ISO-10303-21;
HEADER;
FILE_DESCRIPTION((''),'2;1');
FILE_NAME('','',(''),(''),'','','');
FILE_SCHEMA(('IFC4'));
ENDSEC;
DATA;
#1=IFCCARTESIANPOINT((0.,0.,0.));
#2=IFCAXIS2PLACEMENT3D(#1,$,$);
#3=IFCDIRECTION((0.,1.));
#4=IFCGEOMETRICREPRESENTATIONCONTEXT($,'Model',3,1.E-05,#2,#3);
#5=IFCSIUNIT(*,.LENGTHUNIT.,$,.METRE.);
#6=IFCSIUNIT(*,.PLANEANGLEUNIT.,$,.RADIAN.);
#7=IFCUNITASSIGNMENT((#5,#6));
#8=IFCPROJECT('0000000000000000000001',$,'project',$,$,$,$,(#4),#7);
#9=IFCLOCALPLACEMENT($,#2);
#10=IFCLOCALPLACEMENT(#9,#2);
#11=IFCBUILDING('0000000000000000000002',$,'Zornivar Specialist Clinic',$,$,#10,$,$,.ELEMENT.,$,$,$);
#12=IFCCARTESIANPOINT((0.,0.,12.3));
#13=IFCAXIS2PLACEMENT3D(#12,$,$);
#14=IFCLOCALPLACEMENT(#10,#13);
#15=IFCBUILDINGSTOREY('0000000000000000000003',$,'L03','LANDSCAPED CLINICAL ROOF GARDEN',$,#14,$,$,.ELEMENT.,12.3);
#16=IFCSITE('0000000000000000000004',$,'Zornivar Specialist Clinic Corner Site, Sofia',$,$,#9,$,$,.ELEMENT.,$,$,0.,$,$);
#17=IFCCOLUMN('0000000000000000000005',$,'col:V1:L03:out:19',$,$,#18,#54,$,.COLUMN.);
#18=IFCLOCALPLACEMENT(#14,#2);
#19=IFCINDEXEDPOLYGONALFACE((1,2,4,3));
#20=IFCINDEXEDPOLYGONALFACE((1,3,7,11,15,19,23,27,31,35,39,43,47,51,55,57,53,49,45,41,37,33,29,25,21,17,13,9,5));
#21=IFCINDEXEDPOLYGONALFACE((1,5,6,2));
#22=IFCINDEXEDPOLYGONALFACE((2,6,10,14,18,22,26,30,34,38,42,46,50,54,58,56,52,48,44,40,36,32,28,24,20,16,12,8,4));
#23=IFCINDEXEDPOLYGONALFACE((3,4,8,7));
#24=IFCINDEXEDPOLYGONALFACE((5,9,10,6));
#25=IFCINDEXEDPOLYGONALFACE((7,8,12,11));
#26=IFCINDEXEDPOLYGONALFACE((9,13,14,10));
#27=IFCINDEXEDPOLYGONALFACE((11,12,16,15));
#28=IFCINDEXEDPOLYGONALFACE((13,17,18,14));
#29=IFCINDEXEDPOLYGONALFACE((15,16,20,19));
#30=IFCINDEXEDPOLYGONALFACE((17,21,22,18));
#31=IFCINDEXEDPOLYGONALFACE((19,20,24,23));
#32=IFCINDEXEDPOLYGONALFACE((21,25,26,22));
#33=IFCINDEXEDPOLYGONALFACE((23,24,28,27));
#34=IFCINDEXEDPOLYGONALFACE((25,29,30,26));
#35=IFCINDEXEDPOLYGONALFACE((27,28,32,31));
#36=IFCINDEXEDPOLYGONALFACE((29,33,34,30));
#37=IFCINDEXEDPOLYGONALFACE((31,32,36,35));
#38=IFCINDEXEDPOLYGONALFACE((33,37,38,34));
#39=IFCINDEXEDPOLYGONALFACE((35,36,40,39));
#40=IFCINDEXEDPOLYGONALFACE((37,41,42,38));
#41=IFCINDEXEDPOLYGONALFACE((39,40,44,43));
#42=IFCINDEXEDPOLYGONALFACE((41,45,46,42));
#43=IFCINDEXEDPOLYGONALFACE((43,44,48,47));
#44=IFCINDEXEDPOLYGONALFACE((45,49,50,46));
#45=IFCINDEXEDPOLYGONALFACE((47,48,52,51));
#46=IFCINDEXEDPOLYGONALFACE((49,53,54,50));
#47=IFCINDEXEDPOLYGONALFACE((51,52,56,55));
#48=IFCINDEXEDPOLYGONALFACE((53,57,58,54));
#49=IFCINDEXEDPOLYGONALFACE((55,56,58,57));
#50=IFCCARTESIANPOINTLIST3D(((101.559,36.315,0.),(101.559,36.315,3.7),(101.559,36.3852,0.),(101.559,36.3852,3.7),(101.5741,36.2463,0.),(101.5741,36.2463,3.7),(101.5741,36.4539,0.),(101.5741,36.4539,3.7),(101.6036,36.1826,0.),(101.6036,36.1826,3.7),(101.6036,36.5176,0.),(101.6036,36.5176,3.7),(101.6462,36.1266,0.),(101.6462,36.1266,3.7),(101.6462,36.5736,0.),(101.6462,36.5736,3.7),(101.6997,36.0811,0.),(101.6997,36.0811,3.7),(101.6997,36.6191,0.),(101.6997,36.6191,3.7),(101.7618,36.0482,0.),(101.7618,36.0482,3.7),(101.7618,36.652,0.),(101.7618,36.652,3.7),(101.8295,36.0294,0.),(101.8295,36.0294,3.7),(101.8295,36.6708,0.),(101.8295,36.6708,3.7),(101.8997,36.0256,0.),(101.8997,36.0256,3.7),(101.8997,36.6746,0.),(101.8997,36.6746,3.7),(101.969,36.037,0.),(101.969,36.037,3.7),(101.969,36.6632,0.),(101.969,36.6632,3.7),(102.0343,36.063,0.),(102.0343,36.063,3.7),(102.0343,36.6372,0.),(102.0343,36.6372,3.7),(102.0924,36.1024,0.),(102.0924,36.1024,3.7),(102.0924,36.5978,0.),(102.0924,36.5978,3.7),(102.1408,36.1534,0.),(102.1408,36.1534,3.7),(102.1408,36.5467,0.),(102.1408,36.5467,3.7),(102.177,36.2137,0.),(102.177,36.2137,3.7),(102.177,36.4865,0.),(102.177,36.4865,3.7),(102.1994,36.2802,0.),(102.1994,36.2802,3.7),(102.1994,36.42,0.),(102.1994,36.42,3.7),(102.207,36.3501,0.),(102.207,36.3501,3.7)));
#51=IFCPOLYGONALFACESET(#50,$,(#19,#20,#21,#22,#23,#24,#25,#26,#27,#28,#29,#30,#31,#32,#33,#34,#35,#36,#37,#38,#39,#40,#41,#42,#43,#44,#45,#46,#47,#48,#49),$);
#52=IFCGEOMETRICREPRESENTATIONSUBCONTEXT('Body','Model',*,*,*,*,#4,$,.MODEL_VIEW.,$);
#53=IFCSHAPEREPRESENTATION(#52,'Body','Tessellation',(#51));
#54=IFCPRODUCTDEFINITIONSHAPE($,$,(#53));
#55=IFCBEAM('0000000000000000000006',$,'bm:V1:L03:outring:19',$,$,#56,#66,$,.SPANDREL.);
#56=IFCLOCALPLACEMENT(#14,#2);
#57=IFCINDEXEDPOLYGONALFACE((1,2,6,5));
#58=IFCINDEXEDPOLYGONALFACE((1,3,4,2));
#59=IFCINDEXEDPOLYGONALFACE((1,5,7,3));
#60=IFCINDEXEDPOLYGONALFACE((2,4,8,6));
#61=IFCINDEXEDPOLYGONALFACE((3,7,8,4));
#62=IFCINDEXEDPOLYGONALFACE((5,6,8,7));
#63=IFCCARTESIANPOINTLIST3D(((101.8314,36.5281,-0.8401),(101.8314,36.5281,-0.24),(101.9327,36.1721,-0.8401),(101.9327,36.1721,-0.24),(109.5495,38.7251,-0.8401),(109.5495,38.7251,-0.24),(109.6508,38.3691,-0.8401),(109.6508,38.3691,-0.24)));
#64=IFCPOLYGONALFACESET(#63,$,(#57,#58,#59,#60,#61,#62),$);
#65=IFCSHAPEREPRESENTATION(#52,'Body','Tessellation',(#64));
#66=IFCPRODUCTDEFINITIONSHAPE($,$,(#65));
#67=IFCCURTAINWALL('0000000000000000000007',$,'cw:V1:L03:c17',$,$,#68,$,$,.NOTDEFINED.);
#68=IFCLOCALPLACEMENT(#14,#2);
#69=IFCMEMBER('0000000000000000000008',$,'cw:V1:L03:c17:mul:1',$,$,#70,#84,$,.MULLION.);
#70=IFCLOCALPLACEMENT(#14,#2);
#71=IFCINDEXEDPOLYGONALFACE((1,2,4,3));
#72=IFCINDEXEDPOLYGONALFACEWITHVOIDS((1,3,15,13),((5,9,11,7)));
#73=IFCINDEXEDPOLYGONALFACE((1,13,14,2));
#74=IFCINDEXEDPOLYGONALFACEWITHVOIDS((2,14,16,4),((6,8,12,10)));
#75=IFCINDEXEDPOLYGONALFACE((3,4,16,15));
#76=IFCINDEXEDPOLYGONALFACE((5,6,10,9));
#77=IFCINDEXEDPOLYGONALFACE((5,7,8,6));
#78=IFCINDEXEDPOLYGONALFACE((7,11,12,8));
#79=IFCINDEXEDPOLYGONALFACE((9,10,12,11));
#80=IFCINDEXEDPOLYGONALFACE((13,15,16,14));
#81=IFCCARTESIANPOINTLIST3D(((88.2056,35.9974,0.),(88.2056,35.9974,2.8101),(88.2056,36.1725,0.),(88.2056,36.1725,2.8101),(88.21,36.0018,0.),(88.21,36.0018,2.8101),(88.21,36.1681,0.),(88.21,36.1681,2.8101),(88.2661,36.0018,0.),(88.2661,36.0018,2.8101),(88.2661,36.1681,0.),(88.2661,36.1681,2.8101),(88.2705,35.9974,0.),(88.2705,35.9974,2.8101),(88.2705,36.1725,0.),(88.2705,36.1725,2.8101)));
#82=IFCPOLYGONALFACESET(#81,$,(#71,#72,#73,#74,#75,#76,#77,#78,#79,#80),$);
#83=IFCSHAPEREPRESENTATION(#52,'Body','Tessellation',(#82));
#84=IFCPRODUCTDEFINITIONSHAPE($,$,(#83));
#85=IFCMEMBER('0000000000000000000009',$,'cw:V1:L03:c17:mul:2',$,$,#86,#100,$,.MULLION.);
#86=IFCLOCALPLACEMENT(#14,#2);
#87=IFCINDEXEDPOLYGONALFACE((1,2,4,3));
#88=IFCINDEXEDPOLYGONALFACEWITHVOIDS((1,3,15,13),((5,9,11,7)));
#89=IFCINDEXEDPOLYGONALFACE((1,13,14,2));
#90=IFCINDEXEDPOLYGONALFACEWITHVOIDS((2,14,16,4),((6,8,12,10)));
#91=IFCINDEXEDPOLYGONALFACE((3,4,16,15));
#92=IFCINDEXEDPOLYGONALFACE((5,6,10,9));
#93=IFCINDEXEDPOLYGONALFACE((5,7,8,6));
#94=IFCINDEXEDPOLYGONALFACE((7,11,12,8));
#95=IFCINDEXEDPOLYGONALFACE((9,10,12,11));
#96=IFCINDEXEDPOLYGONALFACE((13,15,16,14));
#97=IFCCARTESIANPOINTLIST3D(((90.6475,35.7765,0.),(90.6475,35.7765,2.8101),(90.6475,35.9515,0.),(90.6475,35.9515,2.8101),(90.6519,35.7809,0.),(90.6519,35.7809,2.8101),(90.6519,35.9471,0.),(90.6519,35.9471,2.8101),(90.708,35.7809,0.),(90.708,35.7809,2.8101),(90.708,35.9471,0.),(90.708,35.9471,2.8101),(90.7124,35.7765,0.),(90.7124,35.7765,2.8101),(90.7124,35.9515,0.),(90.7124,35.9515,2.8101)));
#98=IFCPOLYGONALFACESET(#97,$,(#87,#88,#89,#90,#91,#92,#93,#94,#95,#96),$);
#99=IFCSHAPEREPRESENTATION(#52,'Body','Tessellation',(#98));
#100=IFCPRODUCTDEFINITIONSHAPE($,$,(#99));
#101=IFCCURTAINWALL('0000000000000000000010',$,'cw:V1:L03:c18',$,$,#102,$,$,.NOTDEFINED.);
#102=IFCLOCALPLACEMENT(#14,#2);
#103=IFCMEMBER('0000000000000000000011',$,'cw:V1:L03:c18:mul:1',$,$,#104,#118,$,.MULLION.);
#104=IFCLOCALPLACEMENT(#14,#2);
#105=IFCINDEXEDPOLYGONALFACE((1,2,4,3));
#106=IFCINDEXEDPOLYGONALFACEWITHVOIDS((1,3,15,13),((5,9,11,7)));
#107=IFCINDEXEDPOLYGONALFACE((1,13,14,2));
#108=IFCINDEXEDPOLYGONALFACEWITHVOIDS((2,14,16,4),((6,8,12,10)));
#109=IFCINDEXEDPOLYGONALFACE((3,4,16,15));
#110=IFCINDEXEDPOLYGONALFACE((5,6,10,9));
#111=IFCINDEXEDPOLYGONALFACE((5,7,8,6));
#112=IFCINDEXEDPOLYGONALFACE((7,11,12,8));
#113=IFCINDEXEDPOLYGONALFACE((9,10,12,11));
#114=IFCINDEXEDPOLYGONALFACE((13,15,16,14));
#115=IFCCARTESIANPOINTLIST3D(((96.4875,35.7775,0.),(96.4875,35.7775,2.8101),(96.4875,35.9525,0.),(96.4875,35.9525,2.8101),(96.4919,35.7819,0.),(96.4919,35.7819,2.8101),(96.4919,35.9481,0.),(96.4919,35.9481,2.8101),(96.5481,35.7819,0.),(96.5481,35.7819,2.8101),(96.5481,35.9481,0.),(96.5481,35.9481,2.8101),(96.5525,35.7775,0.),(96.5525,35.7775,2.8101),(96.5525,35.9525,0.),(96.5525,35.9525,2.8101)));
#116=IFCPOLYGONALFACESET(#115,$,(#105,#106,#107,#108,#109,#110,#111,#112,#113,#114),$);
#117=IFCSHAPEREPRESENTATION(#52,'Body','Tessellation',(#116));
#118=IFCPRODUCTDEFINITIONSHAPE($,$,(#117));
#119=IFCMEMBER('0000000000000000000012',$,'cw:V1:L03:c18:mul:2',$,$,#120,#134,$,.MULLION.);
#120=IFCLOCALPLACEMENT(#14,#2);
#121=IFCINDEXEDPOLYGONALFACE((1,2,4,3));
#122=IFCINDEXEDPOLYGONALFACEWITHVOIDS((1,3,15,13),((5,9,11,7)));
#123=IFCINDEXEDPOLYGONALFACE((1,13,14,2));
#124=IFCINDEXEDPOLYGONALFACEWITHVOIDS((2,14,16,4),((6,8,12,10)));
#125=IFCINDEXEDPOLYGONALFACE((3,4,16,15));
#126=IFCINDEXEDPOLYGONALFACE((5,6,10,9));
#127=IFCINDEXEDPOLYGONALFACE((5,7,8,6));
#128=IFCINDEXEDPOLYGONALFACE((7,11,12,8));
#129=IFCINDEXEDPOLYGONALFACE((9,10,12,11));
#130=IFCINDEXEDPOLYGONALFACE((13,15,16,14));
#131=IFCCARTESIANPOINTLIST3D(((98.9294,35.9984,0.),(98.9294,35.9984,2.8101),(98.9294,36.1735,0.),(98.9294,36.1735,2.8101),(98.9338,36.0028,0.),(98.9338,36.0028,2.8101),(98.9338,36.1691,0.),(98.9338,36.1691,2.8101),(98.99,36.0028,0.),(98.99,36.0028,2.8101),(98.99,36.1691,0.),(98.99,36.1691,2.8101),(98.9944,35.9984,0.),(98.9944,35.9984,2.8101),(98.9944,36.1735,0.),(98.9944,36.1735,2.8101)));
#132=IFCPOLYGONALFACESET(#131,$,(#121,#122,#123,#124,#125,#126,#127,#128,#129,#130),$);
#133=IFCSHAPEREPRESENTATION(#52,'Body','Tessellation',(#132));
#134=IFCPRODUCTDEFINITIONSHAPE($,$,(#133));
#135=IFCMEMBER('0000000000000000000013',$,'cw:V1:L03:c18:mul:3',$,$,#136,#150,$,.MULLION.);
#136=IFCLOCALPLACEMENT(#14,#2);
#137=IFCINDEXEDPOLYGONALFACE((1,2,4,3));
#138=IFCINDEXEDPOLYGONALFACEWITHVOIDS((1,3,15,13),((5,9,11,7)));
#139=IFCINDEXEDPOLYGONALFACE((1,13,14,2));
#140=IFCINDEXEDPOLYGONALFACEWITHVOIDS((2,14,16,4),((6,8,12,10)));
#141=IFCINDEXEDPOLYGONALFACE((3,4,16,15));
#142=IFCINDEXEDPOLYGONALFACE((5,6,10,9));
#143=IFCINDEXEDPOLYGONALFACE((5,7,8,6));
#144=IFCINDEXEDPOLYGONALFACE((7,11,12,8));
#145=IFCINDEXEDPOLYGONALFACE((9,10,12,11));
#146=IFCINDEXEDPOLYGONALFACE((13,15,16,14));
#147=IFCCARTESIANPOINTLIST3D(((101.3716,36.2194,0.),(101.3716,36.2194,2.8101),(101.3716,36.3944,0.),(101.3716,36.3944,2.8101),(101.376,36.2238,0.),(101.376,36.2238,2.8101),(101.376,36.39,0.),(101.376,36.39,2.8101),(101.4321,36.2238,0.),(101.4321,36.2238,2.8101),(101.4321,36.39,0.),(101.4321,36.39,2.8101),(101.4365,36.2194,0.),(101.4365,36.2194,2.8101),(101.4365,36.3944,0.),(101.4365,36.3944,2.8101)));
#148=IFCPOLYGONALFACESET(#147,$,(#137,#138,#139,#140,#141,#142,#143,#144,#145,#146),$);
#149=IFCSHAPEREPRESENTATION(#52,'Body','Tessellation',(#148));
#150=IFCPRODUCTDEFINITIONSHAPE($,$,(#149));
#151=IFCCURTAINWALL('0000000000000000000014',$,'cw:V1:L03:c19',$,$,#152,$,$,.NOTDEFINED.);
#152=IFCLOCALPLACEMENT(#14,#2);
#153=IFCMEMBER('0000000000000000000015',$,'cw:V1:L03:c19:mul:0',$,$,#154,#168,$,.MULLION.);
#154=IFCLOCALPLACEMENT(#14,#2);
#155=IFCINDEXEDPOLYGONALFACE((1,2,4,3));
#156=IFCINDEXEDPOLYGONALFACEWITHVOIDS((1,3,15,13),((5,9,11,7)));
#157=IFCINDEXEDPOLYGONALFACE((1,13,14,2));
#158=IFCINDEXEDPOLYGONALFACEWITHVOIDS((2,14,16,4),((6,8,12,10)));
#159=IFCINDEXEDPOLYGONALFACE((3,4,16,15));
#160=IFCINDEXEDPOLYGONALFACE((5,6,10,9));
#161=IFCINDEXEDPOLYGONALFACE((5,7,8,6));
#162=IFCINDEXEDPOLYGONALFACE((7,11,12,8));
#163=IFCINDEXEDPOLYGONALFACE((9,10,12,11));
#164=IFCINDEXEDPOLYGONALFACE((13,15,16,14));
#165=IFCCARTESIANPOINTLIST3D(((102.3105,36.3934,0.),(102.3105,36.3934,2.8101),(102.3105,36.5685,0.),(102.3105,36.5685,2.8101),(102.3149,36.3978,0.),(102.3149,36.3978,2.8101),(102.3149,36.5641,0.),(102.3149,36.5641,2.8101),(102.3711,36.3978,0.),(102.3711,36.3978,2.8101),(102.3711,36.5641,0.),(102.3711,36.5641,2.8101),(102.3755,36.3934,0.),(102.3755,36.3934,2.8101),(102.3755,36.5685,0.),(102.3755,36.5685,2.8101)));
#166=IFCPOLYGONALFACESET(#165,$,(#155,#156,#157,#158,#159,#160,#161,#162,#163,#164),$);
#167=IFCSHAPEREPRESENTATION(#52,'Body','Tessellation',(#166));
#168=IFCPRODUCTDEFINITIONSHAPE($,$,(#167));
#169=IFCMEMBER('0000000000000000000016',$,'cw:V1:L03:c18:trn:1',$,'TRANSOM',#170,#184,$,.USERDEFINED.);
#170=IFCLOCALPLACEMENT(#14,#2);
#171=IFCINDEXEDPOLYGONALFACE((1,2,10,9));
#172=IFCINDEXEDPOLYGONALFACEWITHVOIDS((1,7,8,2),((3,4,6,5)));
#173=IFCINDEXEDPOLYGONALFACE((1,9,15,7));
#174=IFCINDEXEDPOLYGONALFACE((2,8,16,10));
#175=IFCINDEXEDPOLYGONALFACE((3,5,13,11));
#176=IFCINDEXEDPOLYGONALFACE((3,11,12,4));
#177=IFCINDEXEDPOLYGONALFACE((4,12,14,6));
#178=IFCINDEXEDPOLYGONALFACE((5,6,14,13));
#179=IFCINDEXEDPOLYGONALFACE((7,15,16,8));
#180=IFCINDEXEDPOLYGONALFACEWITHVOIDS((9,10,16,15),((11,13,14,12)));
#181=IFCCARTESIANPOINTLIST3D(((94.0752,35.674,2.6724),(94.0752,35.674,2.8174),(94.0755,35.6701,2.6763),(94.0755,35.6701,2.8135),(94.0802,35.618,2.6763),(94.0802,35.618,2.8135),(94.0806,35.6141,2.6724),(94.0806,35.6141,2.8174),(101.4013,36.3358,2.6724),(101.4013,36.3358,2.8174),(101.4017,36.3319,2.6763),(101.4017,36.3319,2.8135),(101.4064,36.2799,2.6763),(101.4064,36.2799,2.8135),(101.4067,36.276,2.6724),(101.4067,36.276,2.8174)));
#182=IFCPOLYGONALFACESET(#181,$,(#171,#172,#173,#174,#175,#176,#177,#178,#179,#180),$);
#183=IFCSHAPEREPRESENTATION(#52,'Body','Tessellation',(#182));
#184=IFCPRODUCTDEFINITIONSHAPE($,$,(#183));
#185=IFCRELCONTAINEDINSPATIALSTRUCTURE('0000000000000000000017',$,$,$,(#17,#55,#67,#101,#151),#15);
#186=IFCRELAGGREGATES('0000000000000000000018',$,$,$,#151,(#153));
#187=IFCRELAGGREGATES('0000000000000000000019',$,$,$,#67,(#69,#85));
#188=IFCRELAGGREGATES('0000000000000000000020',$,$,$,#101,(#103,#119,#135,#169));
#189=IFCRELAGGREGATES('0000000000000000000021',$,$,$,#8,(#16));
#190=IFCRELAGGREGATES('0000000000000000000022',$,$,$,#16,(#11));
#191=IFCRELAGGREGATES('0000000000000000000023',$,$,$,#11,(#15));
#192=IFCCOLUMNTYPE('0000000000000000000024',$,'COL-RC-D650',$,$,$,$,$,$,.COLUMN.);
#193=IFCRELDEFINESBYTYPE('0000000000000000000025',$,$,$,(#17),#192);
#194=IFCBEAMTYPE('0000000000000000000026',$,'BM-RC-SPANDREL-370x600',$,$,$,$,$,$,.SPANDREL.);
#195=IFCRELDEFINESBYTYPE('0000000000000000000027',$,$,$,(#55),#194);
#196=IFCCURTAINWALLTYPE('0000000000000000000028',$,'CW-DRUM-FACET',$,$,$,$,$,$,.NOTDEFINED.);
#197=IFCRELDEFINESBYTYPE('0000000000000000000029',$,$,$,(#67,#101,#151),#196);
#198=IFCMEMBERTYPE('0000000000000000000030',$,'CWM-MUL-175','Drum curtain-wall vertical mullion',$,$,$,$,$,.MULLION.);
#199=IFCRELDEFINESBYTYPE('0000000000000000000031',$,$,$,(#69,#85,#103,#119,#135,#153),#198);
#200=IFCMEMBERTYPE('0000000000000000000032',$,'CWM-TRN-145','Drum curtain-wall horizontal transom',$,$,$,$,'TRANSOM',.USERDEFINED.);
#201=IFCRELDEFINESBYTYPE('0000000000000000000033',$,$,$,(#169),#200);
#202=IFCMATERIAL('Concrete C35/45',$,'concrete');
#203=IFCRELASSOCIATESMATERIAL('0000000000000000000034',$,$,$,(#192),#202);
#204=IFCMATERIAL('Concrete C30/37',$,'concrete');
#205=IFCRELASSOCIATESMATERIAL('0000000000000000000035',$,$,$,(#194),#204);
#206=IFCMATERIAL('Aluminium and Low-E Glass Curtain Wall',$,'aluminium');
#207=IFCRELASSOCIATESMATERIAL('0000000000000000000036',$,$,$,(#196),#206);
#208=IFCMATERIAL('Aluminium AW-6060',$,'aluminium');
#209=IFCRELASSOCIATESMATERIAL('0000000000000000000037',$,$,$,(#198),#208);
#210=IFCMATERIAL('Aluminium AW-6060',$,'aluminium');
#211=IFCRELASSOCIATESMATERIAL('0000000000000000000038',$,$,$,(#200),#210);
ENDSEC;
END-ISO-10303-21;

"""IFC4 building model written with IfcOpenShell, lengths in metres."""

from ifc_helpers import new_model, si_unit, direction, frame, origin, origin_2d, place, context, subcontext, project, spatial, rectangle, hollow_rectangle, circle, extrude, material, material_profile, profile_set, type_object, element, aggregate, save


model = new_model("IFC4")

# Units and contexts
model_context = context("Model", 3, precision=1e-05, world=origin(), true_north=direction((0.0, 1.0)))
body_context = subcontext(model_context, "Body", "Model", "MODEL_VIEW")
ifc_project = project(units=[si_unit("LENGTHUNIT", "METRE"), si_unit("PLANEANGLEUNIT", "RADIAN")], contexts=[model_context])

# Site, building, storey
site_placement = place(None, origin())
site = spatial("IfcSite", under=ifc_project, at=site_placement, Name="Zornivar Specialist Clinic Corner Site, Sofia", CompositionType="ELEMENT", RefElevation=0.0)
building_placement = place(site_placement, origin())
building = spatial("IfcBuilding", under=site, at=building_placement, Name="Zornivar Specialist Clinic", CompositionType="ELEMENT")
storey_placement = place(building_placement, frame((0.0, 0.0, 12.3)))
storey = spatial("IfcBuildingStorey", under=building, at=storey_placement, Name="L03", Description="LANDSCAPED CLINICAL ROOF GARDEN", CompositionType="ELEMENT", Elevation=12.3)

# Column
ifc_material_1 = material(Name="Concrete C35/45", Category="concrete")
ifc_material_profile_1 = material_profile(ifc_material_1, circle(Radius=0.325, at=origin_2d()), Name="RC D650")
ifc_profile_set_1 = profile_set([ifc_material_profile_1], Name="Concrete C35/45")
column_type = type_object("IfcColumnType", Name="COL-RC-D650", PredefinedType="COLUMN", material=ifc_profile_set_1)
column_placement = place(storey_placement, frame((101.8821, 36.3501, 0.0), z_axis=(0.0, 0.0, 1.0), x_axis=(1.0, 0.0, 0.0)))
element("IfcColumn", 1, at=column_placement, inside=storey, type_object=column_type, Name="col:V1:L03:out:19", PredefinedType="COLUMN", context=body_context, shape_type="SweptSolid", body=[
    extrude(circle(Radius=0.325, at=origin_2d()), origin(), (0.0, 0.0, 1.0), 3.7),
])

# Beam
ifc_material_2 = material(Name="Concrete C30/37", Category="concrete")
ifc_material_profile_2 = material_profile(ifc_material_2, rectangle(XDim=0.3701, YDim=0.6001, at=origin_2d()), Name="RC 370x600")
ifc_profile_set_2 = profile_set([ifc_material_profile_2], Name="Concrete C30/37")
beam_type = type_object("IfcBeamType", Name="BM-RC-SPANDREL-370x600", PredefinedType="SPANDREL", material=ifc_profile_set_2)
beam_placement = place(storey_placement, frame((101.8821, 36.3501, -0.54), z_axis=(0.961791, 0.273785, 0.0), x_axis=(-0.273785, 0.961791, 0.0)))
element("IfcBeam", 2, at=beam_placement, inside=storey, type_object=beam_type, Name="bm:V1:L03:outring:19", PredefinedType="SPANDREL", context=body_context, shape_type="SweptSolid", body=[
    extrude(rectangle(XDim=0.3701, YDim=0.6001, at=origin_2d()), origin(), (0.0, 0.0, 1.0), 8.0247),
])

# Curtain walls, members
ifc_material_3 = material(Name="Aluminium and Low-E Glass Curtain Wall", Category="aluminium")
curtain_wall_type = type_object("IfcCurtainWallType", Name="CW-DRUM-FACET", PredefinedType="NOTDEFINED", material=ifc_material_3)
curtain_wall_1_placement = place(storey_placement, origin())
curtain_wall_1 = element("IfcCurtainWall", 3, at=curtain_wall_1_placement, inside=storey, type_object=curtain_wall_type, Name="cw:V1:L03:c17", PredefinedType="NOTDEFINED")
ifc_material_4 = material(Name="Aluminium AW-6060", Category="aluminium")
ifc_material_profile_3 = material_profile(ifc_material_4, hollow_rectangle(XDim=0.0649, YDim=0.175, WallThickness=0.0044, at=origin_2d()), Name="ALU 65x175x4.5")
ifc_profile_set_3 = profile_set([ifc_material_profile_3], Name="Aluminium AW-6060")
member_type_1 = type_object("IfcMemberType", Name="CWM-MUL-175", Description="Drum curtain-wall vertical mullion", PredefinedType="MULLION", material=ifc_profile_set_3)
member_1_placement = place(storey_placement, frame((88.238, 36.085, 0.0), z_axis=(0.0, 0.0, 1.0), x_axis=(1.0, 0.0, 0.0)))
member_1 = element("IfcMember", 4, at=member_1_placement, type_object=member_type_1, Name="cw:V1:L03:c17:mul:1", PredefinedType="MULLION", context=body_context, shape_type="SweptSolid", body=[
    extrude(hollow_rectangle(XDim=0.0649, YDim=0.175, WallThickness=0.0044, at=origin_2d()), origin(), (0.0, 0.0, 1.0), 2.8101),
])
member_2_placement = place(storey_placement, frame((90.6799, 35.864, 0.0), z_axis=(0.0, 0.0, 1.0), x_axis=(1.0, 0.0, 0.0)))
member_2 = element("IfcMember", 5, at=member_2_placement, type_object=member_type_1, Name="cw:V1:L03:c17:mul:2", PredefinedType="MULLION", context=body_context, shape_type="SweptSolid", body=[
    extrude(hollow_rectangle(XDim=0.0649, YDim=0.175, WallThickness=0.0044, at=origin_2d()), origin(), (0.0, 0.0, 1.0), 2.8101),
])
curtain_wall_2_placement = place(storey_placement, origin())
curtain_wall_2 = element("IfcCurtainWall", 6, at=curtain_wall_2_placement, inside=storey, type_object=curtain_wall_type, Name="cw:V1:L03:c18", PredefinedType="NOTDEFINED")
member_3_placement = place(storey_placement, frame((96.52, 35.865, 0.0), z_axis=(0.0, 0.0, 1.0), x_axis=(1.0, 0.0, 0.0)))
member_3 = element("IfcMember", 7, at=member_3_placement, type_object=member_type_1, Name="cw:V1:L03:c18:mul:1", PredefinedType="MULLION", context=body_context, shape_type="SweptSolid", body=[
    extrude(hollow_rectangle(XDim=0.0649, YDim=0.175, WallThickness=0.0044, at=origin_2d()), origin(), (0.0, 0.0, 1.0), 2.8101),
])
member_4_placement = place(storey_placement, frame((98.9619, 36.0859, 0.0), z_axis=(0.0, 0.0, 1.0), x_axis=(1.0, 0.0, 0.0)))
member_4 = element("IfcMember", 8, at=member_4_placement, type_object=member_type_1, Name="cw:V1:L03:c18:mul:2", PredefinedType="MULLION", context=body_context, shape_type="SweptSolid", body=[
    extrude(hollow_rectangle(XDim=0.0649, YDim=0.175, WallThickness=0.0044, at=origin_2d()), origin(), (0.0, 0.0, 1.0), 2.8101),
])
member_5_placement = place(storey_placement, frame((101.4041, 36.3069, 0.0), z_axis=(0.0, 0.0, 1.0), x_axis=(1.0, 0.0, 0.0)))
member_5 = element("IfcMember", 9, at=member_5_placement, type_object=member_type_1, Name="cw:V1:L03:c18:mul:3", PredefinedType="MULLION", context=body_context, shape_type="SweptSolid", body=[
    extrude(hollow_rectangle(XDim=0.0649, YDim=0.175, WallThickness=0.0044, at=origin_2d()), origin(), (0.0, 0.0, 1.0), 2.8101),
])

# Curtain wall, member
curtain_wall_3_placement = place(storey_placement, origin())
curtain_wall_3 = element("IfcCurtainWall", 10, at=curtain_wall_3_placement, inside=storey, type_object=curtain_wall_type, Name="cw:V1:L03:c19", PredefinedType="NOTDEFINED")
member_6_placement = place(storey_placement, frame((102.343, 36.481, 0.0), z_axis=(0.0, 0.0, 1.0), x_axis=(1.0, 0.0, 0.0)))
member_6 = element("IfcMember", 11, at=member_6_placement, type_object=member_type_1, Name="cw:V1:L03:c19:mul:0", PredefinedType="MULLION", context=body_context, shape_type="SweptSolid", body=[
    extrude(hollow_rectangle(XDim=0.0649, YDim=0.175, WallThickness=0.0044, at=origin_2d()), origin(), (0.0, 0.0, 1.0), 2.8101),
])
aggregate(curtain_wall_3, [member_6])

# Member
ifc_material_5 = material(Name="Aluminium AW-6060", Category="aluminium")
ifc_material_profile_4 = material_profile(ifc_material_5, hollow_rectangle(XDim=0.0601, YDim=0.145, WallThickness=0.0039, at=origin_2d()), Name="ALU 60x145x4")
ifc_profile_set_4 = profile_set([ifc_material_profile_4], Name="Aluminium AW-6060")
member_type_2 = type_object("IfcMemberType", Name="CWM-TRN-145", Description="Drum curtain-wall horizontal transom", ElementType="TRANSOM", PredefinedType="USERDEFINED", material=ifc_profile_set_4)
member_7_placement = place(storey_placement, frame((94.0779, 35.644, 2.7449), z_axis=(0.995944, 0.089976, 0.0), x_axis=(-0.089976, 0.995944, 0.0)))
member_7 = element("IfcMember", 12, at=member_7_placement, type_object=member_type_2, Name="cw:V1:L03:c18:trn:1", ObjectType="TRANSOM", PredefinedType="USERDEFINED", context=body_context, shape_type="SweptSolid", body=[
    extrude(hollow_rectangle(XDim=0.0601, YDim=0.145, WallThickness=0.0039, at=origin_2d()), origin(), (0.0, 0.0, 1.0), 7.356),
])

aggregate(curtain_wall_1, [member_1, member_2])
aggregate(curtain_wall_2, [member_3, member_4, member_5, member_7])

save(model, "model.ifc")
